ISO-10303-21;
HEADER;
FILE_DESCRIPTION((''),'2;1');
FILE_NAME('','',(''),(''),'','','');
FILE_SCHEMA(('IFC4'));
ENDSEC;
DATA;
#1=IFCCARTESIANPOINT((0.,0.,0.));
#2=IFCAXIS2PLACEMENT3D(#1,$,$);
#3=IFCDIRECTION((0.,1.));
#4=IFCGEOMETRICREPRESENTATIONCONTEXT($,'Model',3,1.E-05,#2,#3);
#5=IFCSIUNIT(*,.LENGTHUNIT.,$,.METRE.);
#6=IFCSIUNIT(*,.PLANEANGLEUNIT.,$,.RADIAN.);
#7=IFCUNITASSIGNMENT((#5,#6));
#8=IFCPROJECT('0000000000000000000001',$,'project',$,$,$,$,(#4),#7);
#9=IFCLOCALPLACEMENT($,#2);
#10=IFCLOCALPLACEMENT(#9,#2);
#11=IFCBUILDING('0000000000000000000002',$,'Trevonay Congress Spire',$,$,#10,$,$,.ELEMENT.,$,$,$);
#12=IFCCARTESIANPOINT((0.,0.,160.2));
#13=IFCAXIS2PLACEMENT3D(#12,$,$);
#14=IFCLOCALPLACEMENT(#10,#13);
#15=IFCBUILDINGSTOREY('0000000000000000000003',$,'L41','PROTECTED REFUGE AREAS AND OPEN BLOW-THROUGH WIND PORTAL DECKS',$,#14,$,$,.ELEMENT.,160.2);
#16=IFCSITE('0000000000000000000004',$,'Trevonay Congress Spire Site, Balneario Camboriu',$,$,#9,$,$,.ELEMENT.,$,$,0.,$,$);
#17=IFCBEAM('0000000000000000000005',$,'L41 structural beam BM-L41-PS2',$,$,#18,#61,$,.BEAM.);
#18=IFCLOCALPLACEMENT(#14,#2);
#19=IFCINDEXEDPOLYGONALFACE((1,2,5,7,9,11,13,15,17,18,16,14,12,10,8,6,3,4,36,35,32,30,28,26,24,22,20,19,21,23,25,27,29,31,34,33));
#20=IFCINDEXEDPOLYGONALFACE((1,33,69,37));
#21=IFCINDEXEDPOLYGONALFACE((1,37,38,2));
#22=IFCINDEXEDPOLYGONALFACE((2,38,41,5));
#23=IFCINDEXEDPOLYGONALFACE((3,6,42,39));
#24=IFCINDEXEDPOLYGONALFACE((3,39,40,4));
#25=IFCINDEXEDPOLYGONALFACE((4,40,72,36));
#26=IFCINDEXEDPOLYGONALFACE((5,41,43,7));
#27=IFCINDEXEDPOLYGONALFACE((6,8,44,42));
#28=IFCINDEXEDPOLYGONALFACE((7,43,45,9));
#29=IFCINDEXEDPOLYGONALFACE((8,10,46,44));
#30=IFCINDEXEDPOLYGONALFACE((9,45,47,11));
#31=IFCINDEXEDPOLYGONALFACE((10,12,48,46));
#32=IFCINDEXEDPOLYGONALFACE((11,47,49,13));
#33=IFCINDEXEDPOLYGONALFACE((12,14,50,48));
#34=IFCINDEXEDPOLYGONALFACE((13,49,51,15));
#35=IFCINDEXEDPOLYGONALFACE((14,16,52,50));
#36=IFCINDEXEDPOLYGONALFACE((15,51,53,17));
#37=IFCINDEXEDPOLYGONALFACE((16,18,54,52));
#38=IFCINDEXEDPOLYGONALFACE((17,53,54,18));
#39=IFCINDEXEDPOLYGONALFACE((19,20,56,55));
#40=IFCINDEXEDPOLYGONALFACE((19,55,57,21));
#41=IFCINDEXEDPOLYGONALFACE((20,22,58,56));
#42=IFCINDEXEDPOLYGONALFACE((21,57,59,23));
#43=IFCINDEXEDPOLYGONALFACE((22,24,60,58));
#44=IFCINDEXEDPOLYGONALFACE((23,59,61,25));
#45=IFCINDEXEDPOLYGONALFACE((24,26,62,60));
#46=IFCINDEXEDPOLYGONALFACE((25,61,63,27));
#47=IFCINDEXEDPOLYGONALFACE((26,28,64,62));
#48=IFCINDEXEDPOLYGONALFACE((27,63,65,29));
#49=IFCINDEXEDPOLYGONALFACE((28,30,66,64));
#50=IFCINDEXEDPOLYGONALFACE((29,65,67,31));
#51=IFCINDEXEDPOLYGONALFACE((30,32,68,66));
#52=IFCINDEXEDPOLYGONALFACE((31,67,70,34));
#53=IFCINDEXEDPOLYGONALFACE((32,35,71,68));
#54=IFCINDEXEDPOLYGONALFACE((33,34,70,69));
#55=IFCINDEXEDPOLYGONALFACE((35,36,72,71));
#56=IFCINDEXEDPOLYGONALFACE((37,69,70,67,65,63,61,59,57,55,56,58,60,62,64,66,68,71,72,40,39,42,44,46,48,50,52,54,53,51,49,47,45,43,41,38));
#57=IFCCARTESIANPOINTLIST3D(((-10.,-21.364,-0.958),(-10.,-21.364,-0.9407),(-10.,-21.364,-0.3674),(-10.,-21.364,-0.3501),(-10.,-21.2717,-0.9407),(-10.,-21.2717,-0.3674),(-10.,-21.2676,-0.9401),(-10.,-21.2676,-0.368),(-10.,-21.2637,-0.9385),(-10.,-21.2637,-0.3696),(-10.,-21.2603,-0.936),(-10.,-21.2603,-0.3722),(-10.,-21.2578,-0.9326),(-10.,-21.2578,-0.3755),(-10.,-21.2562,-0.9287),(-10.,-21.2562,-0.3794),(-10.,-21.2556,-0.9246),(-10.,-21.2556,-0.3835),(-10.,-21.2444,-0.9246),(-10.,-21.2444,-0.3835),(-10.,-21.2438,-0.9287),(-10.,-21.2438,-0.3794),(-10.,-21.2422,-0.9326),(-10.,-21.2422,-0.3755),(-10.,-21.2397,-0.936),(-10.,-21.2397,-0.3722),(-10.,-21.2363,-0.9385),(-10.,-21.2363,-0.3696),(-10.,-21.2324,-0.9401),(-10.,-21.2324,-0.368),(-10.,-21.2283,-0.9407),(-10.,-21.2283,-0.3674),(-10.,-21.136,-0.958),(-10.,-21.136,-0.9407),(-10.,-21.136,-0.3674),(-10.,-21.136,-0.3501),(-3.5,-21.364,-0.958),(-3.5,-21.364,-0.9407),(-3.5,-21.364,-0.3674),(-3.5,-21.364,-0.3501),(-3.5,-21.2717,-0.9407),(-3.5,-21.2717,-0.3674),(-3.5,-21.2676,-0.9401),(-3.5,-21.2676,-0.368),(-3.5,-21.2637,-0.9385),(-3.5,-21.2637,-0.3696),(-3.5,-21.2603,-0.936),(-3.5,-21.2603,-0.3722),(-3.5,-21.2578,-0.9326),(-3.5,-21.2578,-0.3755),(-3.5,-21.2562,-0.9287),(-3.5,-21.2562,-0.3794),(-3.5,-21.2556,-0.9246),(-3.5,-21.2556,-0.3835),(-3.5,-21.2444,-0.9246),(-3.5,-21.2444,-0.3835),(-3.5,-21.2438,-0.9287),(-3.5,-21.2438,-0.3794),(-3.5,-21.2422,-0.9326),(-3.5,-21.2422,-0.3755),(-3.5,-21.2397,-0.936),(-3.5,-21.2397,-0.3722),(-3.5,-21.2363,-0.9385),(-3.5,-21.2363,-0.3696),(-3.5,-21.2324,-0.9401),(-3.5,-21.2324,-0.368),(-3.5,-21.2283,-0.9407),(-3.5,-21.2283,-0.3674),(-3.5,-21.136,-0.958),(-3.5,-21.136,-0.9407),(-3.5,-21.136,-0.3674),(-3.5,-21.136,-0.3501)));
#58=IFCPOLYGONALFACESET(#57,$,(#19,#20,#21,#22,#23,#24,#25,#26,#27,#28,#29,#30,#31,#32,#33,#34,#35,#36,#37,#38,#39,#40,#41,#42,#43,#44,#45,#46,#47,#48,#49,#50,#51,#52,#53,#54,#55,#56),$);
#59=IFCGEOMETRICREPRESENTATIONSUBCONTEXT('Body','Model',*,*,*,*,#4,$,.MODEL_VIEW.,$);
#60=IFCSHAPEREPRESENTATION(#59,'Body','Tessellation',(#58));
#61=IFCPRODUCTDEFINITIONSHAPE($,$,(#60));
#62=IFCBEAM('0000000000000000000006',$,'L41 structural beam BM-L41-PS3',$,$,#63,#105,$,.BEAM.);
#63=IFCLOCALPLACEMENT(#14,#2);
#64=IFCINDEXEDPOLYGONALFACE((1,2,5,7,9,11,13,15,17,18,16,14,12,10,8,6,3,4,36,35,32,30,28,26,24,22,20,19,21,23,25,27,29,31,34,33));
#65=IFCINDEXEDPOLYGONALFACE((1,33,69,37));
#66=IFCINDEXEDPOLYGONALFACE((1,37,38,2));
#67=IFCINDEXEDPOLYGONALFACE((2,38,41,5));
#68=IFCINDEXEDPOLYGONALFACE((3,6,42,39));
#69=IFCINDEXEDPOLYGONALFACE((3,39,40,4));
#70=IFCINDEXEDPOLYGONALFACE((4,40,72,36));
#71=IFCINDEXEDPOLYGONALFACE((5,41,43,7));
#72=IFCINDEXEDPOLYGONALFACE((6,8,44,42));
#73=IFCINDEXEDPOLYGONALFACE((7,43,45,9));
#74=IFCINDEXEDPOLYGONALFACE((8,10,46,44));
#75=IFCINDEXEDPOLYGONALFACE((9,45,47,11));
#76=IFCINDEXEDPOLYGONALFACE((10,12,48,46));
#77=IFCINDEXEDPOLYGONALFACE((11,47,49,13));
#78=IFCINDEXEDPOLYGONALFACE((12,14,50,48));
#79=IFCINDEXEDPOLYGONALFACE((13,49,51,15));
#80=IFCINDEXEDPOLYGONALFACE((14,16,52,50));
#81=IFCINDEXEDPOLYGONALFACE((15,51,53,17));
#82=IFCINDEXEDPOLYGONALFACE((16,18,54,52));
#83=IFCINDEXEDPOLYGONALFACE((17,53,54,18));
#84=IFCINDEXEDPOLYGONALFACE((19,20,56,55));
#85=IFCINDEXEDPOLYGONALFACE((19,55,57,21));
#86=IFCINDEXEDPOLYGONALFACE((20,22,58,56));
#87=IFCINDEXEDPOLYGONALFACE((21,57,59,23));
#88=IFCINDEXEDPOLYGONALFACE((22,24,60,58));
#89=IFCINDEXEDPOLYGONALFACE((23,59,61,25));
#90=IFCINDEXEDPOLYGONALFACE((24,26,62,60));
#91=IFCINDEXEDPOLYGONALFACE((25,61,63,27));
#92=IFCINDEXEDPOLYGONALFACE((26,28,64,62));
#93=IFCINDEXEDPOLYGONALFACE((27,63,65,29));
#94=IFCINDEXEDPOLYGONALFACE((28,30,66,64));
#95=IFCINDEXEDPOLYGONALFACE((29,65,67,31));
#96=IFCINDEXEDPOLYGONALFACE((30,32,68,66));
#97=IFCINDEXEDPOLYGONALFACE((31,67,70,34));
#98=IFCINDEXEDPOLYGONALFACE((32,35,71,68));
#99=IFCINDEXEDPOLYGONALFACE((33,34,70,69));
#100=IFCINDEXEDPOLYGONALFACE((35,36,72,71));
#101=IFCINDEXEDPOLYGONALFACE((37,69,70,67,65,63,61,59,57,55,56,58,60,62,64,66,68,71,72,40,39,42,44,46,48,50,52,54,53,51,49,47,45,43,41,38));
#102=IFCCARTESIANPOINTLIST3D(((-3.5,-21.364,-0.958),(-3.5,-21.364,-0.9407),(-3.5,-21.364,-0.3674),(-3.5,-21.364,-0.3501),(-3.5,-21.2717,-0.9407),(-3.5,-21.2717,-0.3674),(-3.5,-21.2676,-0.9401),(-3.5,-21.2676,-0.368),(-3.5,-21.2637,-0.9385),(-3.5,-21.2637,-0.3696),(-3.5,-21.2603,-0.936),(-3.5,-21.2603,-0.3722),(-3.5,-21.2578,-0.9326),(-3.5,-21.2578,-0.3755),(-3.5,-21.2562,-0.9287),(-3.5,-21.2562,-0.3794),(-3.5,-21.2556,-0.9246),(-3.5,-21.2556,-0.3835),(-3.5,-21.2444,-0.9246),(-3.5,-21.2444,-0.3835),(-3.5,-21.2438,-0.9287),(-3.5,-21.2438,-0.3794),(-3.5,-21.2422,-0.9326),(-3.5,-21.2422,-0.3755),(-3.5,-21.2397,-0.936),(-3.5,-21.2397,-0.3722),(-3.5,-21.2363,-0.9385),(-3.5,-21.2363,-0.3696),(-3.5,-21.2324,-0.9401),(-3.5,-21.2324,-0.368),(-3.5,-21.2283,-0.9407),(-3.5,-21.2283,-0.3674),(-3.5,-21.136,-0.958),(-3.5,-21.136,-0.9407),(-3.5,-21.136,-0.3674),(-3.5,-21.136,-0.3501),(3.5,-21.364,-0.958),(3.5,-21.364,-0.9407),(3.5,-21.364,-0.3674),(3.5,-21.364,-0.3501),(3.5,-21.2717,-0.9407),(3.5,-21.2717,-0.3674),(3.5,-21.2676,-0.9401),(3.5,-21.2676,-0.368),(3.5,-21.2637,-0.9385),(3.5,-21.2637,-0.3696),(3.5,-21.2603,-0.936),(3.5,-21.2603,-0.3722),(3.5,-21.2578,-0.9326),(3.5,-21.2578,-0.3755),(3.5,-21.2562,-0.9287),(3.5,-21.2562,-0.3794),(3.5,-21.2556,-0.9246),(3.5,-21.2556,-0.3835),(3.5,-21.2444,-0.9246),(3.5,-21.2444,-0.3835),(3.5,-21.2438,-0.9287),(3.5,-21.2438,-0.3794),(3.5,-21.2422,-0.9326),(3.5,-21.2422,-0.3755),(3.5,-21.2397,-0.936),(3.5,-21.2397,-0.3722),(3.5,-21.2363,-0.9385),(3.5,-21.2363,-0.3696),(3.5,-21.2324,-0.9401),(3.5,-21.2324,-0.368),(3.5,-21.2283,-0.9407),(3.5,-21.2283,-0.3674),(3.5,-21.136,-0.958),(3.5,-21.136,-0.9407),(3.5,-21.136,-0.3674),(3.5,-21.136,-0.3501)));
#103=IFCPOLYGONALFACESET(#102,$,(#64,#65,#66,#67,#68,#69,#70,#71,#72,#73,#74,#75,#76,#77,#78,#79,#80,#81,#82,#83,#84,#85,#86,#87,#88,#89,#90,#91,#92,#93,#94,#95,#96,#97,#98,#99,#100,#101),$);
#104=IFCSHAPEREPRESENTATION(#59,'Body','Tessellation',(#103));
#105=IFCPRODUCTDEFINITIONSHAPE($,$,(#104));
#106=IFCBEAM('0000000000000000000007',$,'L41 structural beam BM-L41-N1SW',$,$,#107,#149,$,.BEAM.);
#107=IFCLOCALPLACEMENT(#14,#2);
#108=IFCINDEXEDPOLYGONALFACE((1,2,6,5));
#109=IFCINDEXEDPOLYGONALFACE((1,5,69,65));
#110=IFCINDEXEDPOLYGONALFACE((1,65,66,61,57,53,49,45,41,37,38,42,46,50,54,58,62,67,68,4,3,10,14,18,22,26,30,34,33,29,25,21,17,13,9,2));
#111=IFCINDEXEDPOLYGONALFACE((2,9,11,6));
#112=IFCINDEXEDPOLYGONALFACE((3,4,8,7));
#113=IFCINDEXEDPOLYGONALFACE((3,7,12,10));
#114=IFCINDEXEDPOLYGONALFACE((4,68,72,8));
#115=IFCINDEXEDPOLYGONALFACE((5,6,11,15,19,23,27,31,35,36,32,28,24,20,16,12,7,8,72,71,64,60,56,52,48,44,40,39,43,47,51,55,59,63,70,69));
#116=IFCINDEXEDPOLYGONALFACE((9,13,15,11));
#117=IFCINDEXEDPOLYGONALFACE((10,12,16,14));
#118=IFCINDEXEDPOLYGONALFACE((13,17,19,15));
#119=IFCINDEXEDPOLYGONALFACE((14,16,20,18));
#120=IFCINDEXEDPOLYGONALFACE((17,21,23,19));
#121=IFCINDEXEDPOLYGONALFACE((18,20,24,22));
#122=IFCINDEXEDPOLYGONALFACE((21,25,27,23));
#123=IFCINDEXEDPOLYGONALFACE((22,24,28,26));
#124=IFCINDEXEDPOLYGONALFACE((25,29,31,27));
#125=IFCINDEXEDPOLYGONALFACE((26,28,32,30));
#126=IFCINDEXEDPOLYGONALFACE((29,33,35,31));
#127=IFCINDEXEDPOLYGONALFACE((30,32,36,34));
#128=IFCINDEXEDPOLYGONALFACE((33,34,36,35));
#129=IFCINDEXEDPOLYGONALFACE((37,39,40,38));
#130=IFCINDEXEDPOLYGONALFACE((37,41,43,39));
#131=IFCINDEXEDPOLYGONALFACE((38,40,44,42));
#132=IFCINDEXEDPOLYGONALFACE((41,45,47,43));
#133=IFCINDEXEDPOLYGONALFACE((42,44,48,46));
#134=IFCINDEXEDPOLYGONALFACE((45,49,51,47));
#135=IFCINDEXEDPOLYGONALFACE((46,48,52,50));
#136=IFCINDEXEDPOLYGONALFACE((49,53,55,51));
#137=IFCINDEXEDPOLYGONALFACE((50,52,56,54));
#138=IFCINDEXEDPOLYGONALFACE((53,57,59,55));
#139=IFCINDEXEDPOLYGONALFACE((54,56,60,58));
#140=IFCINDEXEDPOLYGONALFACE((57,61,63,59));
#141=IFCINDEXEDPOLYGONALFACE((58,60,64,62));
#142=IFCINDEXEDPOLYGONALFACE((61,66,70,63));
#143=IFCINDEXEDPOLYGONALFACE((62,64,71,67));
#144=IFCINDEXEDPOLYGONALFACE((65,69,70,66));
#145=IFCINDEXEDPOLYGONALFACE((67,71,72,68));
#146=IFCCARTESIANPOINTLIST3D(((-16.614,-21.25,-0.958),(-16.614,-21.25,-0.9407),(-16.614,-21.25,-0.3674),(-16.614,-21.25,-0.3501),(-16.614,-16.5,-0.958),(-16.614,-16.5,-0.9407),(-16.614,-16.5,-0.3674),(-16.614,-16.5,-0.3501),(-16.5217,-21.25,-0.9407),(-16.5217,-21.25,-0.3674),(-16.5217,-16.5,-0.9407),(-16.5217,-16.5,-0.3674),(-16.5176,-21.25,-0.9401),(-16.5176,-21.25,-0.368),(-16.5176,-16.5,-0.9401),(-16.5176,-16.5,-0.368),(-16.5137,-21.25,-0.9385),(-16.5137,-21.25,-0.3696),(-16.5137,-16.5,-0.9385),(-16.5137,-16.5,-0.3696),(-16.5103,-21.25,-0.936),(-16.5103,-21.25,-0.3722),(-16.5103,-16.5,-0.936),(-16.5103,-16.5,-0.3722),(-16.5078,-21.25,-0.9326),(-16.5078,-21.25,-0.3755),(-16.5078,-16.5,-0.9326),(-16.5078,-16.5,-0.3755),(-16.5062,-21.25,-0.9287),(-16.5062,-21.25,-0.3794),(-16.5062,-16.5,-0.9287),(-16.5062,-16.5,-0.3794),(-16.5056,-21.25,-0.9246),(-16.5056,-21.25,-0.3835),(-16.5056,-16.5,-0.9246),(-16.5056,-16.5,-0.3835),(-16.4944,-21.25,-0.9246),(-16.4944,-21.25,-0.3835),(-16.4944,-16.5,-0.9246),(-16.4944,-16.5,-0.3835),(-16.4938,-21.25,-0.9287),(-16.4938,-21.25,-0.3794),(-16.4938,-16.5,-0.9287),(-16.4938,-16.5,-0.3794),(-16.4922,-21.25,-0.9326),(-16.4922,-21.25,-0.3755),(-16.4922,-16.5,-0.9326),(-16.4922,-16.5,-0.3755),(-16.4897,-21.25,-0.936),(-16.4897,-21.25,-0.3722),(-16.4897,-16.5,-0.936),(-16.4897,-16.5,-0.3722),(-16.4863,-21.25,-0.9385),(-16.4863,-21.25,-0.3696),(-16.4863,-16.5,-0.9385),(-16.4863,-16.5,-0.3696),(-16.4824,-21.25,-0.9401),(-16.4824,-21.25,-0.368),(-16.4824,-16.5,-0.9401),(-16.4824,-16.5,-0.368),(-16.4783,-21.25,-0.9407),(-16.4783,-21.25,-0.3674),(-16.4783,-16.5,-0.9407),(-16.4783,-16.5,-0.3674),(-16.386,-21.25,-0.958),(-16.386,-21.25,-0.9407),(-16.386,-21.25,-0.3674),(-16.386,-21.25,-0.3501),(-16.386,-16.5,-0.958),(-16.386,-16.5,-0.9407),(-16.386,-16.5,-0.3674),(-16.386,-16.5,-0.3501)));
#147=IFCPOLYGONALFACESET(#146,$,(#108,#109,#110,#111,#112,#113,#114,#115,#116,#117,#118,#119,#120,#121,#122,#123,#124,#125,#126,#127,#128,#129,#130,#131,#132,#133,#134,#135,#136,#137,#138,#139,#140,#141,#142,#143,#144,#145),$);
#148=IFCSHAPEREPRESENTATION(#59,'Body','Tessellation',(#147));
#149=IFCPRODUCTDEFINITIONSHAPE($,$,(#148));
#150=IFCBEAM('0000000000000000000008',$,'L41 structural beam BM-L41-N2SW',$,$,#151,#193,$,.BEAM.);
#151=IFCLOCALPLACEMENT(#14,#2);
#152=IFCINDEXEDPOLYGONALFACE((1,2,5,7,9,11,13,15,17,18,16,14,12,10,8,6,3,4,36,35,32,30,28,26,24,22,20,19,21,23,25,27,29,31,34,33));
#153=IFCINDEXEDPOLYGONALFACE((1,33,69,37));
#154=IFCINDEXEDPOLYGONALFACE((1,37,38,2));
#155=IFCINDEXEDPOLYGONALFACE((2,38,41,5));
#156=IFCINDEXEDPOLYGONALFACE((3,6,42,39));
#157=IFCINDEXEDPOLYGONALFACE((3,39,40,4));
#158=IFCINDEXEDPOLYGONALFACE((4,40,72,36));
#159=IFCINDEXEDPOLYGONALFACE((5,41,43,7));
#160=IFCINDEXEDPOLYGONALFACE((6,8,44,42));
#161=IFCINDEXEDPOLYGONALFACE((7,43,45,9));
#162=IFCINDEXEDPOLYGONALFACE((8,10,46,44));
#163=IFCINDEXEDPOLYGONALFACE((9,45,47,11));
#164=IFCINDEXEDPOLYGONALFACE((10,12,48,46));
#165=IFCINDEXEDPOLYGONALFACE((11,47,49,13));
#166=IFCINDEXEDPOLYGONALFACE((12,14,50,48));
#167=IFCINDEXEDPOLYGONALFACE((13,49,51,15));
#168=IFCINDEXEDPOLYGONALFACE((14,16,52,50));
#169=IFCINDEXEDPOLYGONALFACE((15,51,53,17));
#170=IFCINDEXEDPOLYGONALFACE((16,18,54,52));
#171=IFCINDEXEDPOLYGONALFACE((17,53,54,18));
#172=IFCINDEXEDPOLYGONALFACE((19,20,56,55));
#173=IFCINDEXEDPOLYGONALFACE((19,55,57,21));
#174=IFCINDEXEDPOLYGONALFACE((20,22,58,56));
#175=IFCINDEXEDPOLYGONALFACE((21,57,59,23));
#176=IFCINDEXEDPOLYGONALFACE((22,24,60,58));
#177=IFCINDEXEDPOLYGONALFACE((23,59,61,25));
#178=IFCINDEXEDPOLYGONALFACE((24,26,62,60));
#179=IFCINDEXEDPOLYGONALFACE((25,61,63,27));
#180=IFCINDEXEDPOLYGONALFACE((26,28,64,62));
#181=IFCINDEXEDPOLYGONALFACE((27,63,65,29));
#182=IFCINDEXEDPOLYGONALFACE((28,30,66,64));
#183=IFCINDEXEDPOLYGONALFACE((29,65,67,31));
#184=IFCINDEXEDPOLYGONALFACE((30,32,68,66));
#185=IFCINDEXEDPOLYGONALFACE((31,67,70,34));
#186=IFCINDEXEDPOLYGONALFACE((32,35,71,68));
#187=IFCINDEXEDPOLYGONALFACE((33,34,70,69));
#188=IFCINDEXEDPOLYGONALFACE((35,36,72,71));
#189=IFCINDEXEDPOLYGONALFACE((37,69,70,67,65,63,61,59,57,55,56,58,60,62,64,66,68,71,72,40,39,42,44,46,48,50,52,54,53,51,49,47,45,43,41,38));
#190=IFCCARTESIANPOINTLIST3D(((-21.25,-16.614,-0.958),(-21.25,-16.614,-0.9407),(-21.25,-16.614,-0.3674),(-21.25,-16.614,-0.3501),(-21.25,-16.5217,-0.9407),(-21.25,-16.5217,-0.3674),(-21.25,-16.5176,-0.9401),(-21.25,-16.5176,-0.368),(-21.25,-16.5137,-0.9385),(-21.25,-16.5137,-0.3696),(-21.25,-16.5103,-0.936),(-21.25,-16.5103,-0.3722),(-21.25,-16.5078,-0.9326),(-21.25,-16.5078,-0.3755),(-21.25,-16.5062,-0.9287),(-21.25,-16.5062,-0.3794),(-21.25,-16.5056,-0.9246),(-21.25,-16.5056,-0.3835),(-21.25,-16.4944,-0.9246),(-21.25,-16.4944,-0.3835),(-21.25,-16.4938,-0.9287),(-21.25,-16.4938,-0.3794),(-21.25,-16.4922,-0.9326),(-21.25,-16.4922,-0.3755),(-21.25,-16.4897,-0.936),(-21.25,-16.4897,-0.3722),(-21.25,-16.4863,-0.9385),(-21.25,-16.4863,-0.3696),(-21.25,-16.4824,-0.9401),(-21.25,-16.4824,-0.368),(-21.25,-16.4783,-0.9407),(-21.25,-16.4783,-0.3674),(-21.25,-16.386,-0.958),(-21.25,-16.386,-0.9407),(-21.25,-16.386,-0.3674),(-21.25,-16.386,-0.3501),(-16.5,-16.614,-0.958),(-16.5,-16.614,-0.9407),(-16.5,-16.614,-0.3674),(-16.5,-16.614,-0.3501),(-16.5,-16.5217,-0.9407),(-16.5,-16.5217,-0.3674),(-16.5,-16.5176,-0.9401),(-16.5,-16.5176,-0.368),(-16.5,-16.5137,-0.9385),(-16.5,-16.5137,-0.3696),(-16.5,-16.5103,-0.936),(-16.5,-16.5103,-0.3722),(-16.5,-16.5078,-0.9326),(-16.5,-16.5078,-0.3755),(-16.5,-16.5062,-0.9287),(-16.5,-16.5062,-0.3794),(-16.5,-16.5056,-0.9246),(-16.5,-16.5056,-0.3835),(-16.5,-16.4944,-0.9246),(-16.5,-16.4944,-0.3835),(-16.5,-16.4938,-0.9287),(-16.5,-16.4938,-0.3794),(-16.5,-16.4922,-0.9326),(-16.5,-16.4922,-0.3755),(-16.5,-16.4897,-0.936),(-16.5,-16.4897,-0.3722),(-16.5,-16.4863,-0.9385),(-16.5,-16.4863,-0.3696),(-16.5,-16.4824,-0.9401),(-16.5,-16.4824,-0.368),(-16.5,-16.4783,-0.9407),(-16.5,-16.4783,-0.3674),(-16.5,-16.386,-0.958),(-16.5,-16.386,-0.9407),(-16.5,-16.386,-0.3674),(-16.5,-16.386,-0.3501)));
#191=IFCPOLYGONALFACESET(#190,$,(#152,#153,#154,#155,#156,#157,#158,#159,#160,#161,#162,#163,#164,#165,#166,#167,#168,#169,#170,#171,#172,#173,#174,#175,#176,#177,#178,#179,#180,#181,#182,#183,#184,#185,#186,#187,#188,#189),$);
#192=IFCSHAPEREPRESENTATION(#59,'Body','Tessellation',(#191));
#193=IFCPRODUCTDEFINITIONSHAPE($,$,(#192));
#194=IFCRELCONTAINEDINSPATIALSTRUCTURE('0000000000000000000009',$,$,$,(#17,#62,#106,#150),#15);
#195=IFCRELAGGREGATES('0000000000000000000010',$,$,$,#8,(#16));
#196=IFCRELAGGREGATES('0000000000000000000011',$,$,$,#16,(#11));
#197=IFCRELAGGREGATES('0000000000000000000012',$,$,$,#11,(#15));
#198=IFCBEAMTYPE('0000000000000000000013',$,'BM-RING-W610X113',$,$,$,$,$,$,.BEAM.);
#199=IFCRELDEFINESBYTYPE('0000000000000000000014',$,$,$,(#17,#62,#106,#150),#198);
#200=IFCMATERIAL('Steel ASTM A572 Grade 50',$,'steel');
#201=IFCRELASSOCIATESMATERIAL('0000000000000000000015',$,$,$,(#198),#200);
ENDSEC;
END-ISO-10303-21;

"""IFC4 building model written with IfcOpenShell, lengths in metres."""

from ifc_helpers import new_model, si_unit, direction, frame, origin, origin_2d, place, context, subcontext, project, spatial, i_section, extrude, material, material_profile, profile_set, type_object, element, save


model = new_model("IFC4")

# Units and contexts
model_context = context("Model", 3, precision=1e-05, world=origin(), true_north=direction((0.0, 1.0)))
body_context = subcontext(model_context, "Body", "Model", "MODEL_VIEW")
ifc_project = project(units=[si_unit("LENGTHUNIT", "METRE"), si_unit("PLANEANGLEUNIT", "RADIAN")], contexts=[model_context])

# Site, building, storey
site_placement = place(None, origin())
site = spatial("IfcSite", under=ifc_project, at=site_placement, Name="Trevonay Congress Spire Site, Balneario Camboriu", CompositionType="ELEMENT", RefElevation=0.0)
building_placement = place(site_placement, origin())
building = spatial("IfcBuilding", under=site, at=building_placement, Name="Trevonay Congress Spire", CompositionType="ELEMENT")
storey_placement = place(building_placement, frame((0.0, 0.0, 160.2)))
storey = spatial("IfcBuildingStorey", under=building, at=storey_placement, Name="L41", Description="PROTECTED REFUGE AREAS AND OPEN BLOW-THROUGH WIND PORTAL DECKS", CompositionType="ELEMENT", Elevation=160.2)

# Shared definitions
ifc_material_1 = material(Name="Steel ASTM A572 Grade 50", Category="steel")

# Beams
ifc_material_profile_1 = material_profile(ifc_material_1, i_section(OverallWidth=0.228, OverallDepth=0.6079, WebThickness=0.0112, FlangeThickness=0.0173, FilletRadius=0.0161, at=origin_2d()), Name="W610x113")
ifc_profile_set_1 = profile_set([ifc_material_profile_1], Name="Steel ASTM A572 Grade 50")
beam_type_1 = type_object("IfcBeamType", Name="BM-RING-W610X113", PredefinedType="BEAM", material=ifc_profile_set_1)
for number, where, z_axis, x_axis, name in (
    (1, (-10.0, -21.25, -0.6541), (1.0, 0.0, 0.0), (0.0, 1.0, 0.0), "L41 structural beam BM-L41-PS2"),
):
    element("IfcBeam", number, at=place(storey_placement, frame(where, z_axis=z_axis, x_axis=x_axis)), inside=storey, type_object=beam_type_1, Name=name, PredefinedType="BEAM", context=body_context, shape_type="SweptSolid", body=[
        extrude(i_section(OverallWidth=0.228, OverallDepth=0.6079, WebThickness=0.0112, FlangeThickness=0.0173, FilletRadius=0.0161, at=origin_2d()), origin(), (0.0, 0.0, 1.0), 6.5),
    ])
beam_1_placement = place(storey_placement, frame((-3.5, -21.25, -0.6541), z_axis=(1.0, 0.0, 0.0), x_axis=(0.0, 1.0, 0.0)))
element("IfcBeam", 2, at=beam_1_placement, inside=storey, type_object=beam_type_1, Name="L41 structural beam BM-L41-PS3", PredefinedType="BEAM", context=body_context, shape_type="SweptSolid", body=[
    extrude(i_section(OverallWidth=0.228, OverallDepth=0.6079, WebThickness=0.0112, FlangeThickness=0.0173, FilletRadius=0.0161, at=origin_2d()), origin(), (0.0, 0.0, 1.0), 7.0),
])
for number, where, z_axis, x_axis, name in (
    (3, (-16.5, -21.25, -0.6541), (0.0, 1.0, 0.0), (-1.0, 0.0, 0.0), "L41 structural beam BM-L41-N1SW"),
    (4, (-21.25, -16.5, -0.6541), (1.0, 0.0, 0.0), (0.0, 1.0, 0.0), "L41 structural beam BM-L41-N2SW"),
):
    element("IfcBeam", number, at=place(storey_placement, frame(where, z_axis=z_axis, x_axis=x_axis)), inside=storey, type_object=beam_type_1, Name=name, PredefinedType="BEAM", context=body_context, shape_type="SweptSolid", body=[
        extrude(i_section(OverallWidth=0.228, OverallDepth=0.6079, WebThickness=0.0112, FlangeThickness=0.0173, FilletRadius=0.0161, at=origin_2d()), origin(), (0.0, 0.0, 1.0), 4.75),
    ])

save(model, "model.ifc")
